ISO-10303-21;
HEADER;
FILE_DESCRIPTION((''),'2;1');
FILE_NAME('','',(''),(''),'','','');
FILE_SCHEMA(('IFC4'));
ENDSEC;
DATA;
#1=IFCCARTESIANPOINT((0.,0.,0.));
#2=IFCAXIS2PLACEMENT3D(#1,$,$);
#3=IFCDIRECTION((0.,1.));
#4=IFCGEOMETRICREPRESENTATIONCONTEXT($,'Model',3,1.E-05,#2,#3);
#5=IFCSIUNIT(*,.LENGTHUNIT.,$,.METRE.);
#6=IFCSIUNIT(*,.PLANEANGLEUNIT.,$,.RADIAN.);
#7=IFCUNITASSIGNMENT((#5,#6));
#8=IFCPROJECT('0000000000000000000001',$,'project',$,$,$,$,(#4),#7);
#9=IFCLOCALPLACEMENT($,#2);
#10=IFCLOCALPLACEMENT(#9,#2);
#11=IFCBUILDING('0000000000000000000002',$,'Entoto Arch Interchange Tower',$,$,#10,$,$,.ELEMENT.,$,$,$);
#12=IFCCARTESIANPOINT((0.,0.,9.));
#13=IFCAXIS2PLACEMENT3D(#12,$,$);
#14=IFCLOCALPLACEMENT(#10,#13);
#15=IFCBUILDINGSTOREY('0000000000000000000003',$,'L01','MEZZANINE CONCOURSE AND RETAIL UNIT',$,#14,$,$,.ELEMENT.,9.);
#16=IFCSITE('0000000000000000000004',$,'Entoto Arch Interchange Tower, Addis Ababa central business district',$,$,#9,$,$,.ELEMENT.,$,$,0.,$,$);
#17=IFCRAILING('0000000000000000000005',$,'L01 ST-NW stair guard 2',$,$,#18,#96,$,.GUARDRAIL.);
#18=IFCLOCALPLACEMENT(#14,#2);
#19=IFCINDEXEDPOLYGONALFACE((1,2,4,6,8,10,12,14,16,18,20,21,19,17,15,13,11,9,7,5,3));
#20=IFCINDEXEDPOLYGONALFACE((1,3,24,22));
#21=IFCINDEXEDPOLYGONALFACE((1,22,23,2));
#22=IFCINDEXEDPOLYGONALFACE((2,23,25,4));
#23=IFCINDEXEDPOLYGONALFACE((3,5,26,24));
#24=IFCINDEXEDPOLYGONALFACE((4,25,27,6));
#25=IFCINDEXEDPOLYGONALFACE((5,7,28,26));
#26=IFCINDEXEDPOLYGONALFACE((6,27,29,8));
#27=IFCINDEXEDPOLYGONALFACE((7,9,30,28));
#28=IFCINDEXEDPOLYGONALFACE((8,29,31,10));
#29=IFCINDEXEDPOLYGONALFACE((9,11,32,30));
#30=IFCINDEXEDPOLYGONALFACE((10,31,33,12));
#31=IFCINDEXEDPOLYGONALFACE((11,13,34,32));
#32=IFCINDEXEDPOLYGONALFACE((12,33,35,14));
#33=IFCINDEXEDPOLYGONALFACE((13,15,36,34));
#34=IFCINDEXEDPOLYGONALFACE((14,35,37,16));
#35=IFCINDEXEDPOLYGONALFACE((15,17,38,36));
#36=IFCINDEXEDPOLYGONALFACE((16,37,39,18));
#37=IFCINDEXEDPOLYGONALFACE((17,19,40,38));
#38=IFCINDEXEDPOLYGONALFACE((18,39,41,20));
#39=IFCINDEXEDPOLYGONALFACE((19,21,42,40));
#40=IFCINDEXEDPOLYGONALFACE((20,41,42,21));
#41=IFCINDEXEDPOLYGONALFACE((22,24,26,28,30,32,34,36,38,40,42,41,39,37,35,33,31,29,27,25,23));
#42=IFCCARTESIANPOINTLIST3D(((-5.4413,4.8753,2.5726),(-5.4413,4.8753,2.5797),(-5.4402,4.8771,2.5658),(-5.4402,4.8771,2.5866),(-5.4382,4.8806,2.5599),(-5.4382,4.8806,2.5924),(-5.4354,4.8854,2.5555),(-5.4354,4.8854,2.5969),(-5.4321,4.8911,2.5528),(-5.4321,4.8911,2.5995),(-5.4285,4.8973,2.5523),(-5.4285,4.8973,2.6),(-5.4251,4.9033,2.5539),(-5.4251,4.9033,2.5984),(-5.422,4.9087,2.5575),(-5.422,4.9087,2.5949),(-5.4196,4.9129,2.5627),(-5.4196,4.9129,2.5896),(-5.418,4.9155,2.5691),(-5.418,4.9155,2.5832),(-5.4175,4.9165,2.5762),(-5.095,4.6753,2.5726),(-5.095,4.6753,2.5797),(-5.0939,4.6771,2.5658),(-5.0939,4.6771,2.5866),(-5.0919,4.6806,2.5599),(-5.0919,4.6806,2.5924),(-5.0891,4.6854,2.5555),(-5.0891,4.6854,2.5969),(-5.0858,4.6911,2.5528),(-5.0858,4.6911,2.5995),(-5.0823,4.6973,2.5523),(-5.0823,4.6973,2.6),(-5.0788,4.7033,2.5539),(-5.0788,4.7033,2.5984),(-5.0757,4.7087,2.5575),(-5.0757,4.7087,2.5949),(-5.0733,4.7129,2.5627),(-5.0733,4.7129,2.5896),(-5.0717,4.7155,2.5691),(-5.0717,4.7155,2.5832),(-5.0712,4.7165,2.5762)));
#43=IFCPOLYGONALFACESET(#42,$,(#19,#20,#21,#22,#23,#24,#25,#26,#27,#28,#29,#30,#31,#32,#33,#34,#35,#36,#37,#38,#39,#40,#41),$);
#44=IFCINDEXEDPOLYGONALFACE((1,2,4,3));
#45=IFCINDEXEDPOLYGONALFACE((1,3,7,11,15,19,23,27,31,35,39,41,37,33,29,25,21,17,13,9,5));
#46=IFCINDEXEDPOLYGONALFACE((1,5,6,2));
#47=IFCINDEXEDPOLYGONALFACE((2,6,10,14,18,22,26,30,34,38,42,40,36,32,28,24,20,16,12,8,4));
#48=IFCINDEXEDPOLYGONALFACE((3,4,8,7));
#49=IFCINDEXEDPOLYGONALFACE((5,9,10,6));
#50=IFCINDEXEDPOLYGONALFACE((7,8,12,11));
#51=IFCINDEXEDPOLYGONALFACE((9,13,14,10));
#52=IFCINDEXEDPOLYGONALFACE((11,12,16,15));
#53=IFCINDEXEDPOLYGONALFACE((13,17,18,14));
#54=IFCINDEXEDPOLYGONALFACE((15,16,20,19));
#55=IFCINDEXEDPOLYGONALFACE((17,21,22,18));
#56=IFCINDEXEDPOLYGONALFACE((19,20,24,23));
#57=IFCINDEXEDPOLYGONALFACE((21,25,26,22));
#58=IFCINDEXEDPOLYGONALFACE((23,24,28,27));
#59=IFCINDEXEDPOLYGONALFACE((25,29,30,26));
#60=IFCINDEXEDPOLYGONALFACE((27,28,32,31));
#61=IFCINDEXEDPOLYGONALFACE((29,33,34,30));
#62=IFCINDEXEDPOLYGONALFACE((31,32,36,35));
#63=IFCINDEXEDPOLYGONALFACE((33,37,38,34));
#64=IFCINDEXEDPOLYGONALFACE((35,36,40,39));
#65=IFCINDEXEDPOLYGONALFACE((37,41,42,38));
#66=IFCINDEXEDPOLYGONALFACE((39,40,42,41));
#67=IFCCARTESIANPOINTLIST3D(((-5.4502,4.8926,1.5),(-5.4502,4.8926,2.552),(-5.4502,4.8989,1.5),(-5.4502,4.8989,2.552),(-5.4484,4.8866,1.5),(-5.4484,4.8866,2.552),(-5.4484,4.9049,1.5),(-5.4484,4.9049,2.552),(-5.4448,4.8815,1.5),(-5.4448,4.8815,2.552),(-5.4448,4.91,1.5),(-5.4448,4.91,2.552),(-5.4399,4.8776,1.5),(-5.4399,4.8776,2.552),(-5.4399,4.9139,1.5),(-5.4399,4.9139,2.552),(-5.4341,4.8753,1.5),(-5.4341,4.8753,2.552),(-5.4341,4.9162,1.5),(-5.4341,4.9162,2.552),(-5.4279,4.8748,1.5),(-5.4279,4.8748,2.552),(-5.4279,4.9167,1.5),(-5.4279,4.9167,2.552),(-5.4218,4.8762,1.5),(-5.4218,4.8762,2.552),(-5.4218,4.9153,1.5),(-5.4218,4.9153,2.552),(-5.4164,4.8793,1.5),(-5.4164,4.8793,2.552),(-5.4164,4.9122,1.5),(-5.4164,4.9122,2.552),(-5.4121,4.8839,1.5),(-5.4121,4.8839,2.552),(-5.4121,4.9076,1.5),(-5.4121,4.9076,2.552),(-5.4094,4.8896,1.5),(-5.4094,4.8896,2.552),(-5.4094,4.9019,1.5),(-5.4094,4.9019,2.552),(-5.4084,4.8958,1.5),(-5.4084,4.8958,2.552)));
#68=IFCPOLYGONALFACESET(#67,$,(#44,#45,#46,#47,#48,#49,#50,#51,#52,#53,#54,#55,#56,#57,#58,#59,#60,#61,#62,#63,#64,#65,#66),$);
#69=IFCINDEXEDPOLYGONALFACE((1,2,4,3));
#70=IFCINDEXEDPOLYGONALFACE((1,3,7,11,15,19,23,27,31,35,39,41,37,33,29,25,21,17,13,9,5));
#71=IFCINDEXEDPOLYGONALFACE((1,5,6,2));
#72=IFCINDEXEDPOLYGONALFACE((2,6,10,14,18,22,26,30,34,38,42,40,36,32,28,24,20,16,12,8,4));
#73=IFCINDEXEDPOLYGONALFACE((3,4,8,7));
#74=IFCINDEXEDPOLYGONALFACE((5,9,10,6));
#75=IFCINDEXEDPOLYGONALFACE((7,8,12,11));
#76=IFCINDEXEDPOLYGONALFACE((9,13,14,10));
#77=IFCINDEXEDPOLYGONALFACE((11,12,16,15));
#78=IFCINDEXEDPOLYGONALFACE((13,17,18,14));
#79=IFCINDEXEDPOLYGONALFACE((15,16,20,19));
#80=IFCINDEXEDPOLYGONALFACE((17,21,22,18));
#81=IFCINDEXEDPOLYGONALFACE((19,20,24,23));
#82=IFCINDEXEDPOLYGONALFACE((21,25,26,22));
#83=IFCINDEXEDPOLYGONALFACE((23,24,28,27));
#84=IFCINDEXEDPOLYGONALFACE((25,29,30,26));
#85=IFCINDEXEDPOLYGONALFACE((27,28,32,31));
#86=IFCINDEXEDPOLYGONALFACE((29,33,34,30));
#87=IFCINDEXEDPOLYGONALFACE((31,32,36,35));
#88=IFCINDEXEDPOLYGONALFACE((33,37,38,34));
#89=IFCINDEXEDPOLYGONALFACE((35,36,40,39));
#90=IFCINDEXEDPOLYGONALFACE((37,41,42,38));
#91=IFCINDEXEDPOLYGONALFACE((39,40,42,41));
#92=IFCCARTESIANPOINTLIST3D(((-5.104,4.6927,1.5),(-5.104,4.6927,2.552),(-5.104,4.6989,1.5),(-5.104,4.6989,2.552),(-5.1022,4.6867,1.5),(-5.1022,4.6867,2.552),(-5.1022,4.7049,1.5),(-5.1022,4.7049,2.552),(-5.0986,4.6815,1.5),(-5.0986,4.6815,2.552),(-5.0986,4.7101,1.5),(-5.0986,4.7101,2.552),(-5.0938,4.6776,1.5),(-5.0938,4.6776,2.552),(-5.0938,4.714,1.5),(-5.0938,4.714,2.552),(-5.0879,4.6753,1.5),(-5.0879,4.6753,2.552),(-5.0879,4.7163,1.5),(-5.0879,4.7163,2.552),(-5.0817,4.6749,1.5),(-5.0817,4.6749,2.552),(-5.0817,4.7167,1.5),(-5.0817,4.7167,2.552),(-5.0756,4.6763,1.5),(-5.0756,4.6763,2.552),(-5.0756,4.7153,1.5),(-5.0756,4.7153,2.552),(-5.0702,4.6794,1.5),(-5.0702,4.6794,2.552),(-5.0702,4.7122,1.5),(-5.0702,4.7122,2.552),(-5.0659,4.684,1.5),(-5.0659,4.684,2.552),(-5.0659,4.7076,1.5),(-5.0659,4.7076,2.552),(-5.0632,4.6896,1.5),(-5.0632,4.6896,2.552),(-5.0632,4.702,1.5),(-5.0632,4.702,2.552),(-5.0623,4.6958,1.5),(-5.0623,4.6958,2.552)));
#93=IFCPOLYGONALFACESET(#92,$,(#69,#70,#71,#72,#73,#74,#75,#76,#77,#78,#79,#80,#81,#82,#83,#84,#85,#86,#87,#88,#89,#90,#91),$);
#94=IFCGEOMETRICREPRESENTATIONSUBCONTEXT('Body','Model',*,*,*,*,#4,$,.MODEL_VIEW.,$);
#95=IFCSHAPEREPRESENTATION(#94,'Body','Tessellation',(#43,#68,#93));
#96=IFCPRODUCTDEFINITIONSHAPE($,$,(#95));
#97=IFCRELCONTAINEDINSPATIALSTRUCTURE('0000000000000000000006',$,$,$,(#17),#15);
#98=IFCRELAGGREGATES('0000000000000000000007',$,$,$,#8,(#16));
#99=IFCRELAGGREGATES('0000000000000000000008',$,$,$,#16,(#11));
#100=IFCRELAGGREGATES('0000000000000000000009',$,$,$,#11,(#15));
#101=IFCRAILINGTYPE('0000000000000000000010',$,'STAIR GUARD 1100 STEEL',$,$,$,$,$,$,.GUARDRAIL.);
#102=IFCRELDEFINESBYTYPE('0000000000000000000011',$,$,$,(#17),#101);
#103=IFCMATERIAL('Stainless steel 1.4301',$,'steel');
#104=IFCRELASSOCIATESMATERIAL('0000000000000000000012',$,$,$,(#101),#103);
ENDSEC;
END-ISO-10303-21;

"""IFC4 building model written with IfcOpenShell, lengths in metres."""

from ifc_helpers import new_model, si_unit, direction, frame, origin, origin_2d, place, context, subcontext, project, spatial, circle, extrude, material, type_object, element, save


model = new_model("IFC4")

# Units and contexts
model_context = context("Model", 3, precision=1e-05, world=origin(), true_north=direction((0.0, 1.0)))
body_context = subcontext(model_context, "Body", "Model", "MODEL_VIEW")
ifc_project = project(units=[si_unit("LENGTHUNIT", "METRE"), si_unit("PLANEANGLEUNIT", "RADIAN")], contexts=[model_context])

# Site, building, storey
site_placement = place(None, origin())
site = spatial("IfcSite", under=ifc_project, at=site_placement, Name="Entoto Arch Interchange Tower, Addis Ababa central business district", CompositionType="ELEMENT", RefElevation=0.0)
building_placement = place(site_placement, origin())
building = spatial("IfcBuilding", under=site, at=building_placement, Name="Entoto Arch Interchange Tower", CompositionType="ELEMENT")
storey_placement = place(building_placement, frame((0.0, 0.0, 9.0)))
storey = spatial("IfcBuildingStorey", under=building, at=storey_placement, Name="L01", Description="MEZZANINE CONCOURSE AND RETAIL UNIT", CompositionType="ELEMENT", Elevation=9.0)

# Railing
ifc_material_1 = material(Name="Stainless steel 1.4301", Category="steel")
railing_type = type_object("IfcRailingType", Name="STAIR GUARD 1100 STEEL", PredefinedType="GUARDRAIL", material=ifc_material_1)
railing_1_placement = place(storey_placement, frame((-5.4294, 4.8958, 1.5)))
element("IfcRailing", 1, at=railing_1_placement, inside=storey, type_object=railing_type, Name="L01 ST-NW stair guard 2", PredefinedType="GUARDRAIL", context=body_context, shape_type="SweptSolid", body=[
    extrude(circle(Radius=0.0239, at=origin_2d()), frame((0.0, 0.0, 1.0762), z_axis=(0.865941, -0.500145, 0.0), x_axis=(0.500145, 0.865941, 0.0)), (0.0, 0.0, 1.0), 0.3999),
    extrude(circle(Radius=0.021, at=origin_2d()), origin(), (0.0, 0.0, 1.0), 1.052),
    extrude(circle(Radius=0.021, at=origin_2d()), frame((0.3462, -0.2, 0.0)), (0.0, 0.0, 1.0), 1.052),
])

save(model, "model.ifc")
